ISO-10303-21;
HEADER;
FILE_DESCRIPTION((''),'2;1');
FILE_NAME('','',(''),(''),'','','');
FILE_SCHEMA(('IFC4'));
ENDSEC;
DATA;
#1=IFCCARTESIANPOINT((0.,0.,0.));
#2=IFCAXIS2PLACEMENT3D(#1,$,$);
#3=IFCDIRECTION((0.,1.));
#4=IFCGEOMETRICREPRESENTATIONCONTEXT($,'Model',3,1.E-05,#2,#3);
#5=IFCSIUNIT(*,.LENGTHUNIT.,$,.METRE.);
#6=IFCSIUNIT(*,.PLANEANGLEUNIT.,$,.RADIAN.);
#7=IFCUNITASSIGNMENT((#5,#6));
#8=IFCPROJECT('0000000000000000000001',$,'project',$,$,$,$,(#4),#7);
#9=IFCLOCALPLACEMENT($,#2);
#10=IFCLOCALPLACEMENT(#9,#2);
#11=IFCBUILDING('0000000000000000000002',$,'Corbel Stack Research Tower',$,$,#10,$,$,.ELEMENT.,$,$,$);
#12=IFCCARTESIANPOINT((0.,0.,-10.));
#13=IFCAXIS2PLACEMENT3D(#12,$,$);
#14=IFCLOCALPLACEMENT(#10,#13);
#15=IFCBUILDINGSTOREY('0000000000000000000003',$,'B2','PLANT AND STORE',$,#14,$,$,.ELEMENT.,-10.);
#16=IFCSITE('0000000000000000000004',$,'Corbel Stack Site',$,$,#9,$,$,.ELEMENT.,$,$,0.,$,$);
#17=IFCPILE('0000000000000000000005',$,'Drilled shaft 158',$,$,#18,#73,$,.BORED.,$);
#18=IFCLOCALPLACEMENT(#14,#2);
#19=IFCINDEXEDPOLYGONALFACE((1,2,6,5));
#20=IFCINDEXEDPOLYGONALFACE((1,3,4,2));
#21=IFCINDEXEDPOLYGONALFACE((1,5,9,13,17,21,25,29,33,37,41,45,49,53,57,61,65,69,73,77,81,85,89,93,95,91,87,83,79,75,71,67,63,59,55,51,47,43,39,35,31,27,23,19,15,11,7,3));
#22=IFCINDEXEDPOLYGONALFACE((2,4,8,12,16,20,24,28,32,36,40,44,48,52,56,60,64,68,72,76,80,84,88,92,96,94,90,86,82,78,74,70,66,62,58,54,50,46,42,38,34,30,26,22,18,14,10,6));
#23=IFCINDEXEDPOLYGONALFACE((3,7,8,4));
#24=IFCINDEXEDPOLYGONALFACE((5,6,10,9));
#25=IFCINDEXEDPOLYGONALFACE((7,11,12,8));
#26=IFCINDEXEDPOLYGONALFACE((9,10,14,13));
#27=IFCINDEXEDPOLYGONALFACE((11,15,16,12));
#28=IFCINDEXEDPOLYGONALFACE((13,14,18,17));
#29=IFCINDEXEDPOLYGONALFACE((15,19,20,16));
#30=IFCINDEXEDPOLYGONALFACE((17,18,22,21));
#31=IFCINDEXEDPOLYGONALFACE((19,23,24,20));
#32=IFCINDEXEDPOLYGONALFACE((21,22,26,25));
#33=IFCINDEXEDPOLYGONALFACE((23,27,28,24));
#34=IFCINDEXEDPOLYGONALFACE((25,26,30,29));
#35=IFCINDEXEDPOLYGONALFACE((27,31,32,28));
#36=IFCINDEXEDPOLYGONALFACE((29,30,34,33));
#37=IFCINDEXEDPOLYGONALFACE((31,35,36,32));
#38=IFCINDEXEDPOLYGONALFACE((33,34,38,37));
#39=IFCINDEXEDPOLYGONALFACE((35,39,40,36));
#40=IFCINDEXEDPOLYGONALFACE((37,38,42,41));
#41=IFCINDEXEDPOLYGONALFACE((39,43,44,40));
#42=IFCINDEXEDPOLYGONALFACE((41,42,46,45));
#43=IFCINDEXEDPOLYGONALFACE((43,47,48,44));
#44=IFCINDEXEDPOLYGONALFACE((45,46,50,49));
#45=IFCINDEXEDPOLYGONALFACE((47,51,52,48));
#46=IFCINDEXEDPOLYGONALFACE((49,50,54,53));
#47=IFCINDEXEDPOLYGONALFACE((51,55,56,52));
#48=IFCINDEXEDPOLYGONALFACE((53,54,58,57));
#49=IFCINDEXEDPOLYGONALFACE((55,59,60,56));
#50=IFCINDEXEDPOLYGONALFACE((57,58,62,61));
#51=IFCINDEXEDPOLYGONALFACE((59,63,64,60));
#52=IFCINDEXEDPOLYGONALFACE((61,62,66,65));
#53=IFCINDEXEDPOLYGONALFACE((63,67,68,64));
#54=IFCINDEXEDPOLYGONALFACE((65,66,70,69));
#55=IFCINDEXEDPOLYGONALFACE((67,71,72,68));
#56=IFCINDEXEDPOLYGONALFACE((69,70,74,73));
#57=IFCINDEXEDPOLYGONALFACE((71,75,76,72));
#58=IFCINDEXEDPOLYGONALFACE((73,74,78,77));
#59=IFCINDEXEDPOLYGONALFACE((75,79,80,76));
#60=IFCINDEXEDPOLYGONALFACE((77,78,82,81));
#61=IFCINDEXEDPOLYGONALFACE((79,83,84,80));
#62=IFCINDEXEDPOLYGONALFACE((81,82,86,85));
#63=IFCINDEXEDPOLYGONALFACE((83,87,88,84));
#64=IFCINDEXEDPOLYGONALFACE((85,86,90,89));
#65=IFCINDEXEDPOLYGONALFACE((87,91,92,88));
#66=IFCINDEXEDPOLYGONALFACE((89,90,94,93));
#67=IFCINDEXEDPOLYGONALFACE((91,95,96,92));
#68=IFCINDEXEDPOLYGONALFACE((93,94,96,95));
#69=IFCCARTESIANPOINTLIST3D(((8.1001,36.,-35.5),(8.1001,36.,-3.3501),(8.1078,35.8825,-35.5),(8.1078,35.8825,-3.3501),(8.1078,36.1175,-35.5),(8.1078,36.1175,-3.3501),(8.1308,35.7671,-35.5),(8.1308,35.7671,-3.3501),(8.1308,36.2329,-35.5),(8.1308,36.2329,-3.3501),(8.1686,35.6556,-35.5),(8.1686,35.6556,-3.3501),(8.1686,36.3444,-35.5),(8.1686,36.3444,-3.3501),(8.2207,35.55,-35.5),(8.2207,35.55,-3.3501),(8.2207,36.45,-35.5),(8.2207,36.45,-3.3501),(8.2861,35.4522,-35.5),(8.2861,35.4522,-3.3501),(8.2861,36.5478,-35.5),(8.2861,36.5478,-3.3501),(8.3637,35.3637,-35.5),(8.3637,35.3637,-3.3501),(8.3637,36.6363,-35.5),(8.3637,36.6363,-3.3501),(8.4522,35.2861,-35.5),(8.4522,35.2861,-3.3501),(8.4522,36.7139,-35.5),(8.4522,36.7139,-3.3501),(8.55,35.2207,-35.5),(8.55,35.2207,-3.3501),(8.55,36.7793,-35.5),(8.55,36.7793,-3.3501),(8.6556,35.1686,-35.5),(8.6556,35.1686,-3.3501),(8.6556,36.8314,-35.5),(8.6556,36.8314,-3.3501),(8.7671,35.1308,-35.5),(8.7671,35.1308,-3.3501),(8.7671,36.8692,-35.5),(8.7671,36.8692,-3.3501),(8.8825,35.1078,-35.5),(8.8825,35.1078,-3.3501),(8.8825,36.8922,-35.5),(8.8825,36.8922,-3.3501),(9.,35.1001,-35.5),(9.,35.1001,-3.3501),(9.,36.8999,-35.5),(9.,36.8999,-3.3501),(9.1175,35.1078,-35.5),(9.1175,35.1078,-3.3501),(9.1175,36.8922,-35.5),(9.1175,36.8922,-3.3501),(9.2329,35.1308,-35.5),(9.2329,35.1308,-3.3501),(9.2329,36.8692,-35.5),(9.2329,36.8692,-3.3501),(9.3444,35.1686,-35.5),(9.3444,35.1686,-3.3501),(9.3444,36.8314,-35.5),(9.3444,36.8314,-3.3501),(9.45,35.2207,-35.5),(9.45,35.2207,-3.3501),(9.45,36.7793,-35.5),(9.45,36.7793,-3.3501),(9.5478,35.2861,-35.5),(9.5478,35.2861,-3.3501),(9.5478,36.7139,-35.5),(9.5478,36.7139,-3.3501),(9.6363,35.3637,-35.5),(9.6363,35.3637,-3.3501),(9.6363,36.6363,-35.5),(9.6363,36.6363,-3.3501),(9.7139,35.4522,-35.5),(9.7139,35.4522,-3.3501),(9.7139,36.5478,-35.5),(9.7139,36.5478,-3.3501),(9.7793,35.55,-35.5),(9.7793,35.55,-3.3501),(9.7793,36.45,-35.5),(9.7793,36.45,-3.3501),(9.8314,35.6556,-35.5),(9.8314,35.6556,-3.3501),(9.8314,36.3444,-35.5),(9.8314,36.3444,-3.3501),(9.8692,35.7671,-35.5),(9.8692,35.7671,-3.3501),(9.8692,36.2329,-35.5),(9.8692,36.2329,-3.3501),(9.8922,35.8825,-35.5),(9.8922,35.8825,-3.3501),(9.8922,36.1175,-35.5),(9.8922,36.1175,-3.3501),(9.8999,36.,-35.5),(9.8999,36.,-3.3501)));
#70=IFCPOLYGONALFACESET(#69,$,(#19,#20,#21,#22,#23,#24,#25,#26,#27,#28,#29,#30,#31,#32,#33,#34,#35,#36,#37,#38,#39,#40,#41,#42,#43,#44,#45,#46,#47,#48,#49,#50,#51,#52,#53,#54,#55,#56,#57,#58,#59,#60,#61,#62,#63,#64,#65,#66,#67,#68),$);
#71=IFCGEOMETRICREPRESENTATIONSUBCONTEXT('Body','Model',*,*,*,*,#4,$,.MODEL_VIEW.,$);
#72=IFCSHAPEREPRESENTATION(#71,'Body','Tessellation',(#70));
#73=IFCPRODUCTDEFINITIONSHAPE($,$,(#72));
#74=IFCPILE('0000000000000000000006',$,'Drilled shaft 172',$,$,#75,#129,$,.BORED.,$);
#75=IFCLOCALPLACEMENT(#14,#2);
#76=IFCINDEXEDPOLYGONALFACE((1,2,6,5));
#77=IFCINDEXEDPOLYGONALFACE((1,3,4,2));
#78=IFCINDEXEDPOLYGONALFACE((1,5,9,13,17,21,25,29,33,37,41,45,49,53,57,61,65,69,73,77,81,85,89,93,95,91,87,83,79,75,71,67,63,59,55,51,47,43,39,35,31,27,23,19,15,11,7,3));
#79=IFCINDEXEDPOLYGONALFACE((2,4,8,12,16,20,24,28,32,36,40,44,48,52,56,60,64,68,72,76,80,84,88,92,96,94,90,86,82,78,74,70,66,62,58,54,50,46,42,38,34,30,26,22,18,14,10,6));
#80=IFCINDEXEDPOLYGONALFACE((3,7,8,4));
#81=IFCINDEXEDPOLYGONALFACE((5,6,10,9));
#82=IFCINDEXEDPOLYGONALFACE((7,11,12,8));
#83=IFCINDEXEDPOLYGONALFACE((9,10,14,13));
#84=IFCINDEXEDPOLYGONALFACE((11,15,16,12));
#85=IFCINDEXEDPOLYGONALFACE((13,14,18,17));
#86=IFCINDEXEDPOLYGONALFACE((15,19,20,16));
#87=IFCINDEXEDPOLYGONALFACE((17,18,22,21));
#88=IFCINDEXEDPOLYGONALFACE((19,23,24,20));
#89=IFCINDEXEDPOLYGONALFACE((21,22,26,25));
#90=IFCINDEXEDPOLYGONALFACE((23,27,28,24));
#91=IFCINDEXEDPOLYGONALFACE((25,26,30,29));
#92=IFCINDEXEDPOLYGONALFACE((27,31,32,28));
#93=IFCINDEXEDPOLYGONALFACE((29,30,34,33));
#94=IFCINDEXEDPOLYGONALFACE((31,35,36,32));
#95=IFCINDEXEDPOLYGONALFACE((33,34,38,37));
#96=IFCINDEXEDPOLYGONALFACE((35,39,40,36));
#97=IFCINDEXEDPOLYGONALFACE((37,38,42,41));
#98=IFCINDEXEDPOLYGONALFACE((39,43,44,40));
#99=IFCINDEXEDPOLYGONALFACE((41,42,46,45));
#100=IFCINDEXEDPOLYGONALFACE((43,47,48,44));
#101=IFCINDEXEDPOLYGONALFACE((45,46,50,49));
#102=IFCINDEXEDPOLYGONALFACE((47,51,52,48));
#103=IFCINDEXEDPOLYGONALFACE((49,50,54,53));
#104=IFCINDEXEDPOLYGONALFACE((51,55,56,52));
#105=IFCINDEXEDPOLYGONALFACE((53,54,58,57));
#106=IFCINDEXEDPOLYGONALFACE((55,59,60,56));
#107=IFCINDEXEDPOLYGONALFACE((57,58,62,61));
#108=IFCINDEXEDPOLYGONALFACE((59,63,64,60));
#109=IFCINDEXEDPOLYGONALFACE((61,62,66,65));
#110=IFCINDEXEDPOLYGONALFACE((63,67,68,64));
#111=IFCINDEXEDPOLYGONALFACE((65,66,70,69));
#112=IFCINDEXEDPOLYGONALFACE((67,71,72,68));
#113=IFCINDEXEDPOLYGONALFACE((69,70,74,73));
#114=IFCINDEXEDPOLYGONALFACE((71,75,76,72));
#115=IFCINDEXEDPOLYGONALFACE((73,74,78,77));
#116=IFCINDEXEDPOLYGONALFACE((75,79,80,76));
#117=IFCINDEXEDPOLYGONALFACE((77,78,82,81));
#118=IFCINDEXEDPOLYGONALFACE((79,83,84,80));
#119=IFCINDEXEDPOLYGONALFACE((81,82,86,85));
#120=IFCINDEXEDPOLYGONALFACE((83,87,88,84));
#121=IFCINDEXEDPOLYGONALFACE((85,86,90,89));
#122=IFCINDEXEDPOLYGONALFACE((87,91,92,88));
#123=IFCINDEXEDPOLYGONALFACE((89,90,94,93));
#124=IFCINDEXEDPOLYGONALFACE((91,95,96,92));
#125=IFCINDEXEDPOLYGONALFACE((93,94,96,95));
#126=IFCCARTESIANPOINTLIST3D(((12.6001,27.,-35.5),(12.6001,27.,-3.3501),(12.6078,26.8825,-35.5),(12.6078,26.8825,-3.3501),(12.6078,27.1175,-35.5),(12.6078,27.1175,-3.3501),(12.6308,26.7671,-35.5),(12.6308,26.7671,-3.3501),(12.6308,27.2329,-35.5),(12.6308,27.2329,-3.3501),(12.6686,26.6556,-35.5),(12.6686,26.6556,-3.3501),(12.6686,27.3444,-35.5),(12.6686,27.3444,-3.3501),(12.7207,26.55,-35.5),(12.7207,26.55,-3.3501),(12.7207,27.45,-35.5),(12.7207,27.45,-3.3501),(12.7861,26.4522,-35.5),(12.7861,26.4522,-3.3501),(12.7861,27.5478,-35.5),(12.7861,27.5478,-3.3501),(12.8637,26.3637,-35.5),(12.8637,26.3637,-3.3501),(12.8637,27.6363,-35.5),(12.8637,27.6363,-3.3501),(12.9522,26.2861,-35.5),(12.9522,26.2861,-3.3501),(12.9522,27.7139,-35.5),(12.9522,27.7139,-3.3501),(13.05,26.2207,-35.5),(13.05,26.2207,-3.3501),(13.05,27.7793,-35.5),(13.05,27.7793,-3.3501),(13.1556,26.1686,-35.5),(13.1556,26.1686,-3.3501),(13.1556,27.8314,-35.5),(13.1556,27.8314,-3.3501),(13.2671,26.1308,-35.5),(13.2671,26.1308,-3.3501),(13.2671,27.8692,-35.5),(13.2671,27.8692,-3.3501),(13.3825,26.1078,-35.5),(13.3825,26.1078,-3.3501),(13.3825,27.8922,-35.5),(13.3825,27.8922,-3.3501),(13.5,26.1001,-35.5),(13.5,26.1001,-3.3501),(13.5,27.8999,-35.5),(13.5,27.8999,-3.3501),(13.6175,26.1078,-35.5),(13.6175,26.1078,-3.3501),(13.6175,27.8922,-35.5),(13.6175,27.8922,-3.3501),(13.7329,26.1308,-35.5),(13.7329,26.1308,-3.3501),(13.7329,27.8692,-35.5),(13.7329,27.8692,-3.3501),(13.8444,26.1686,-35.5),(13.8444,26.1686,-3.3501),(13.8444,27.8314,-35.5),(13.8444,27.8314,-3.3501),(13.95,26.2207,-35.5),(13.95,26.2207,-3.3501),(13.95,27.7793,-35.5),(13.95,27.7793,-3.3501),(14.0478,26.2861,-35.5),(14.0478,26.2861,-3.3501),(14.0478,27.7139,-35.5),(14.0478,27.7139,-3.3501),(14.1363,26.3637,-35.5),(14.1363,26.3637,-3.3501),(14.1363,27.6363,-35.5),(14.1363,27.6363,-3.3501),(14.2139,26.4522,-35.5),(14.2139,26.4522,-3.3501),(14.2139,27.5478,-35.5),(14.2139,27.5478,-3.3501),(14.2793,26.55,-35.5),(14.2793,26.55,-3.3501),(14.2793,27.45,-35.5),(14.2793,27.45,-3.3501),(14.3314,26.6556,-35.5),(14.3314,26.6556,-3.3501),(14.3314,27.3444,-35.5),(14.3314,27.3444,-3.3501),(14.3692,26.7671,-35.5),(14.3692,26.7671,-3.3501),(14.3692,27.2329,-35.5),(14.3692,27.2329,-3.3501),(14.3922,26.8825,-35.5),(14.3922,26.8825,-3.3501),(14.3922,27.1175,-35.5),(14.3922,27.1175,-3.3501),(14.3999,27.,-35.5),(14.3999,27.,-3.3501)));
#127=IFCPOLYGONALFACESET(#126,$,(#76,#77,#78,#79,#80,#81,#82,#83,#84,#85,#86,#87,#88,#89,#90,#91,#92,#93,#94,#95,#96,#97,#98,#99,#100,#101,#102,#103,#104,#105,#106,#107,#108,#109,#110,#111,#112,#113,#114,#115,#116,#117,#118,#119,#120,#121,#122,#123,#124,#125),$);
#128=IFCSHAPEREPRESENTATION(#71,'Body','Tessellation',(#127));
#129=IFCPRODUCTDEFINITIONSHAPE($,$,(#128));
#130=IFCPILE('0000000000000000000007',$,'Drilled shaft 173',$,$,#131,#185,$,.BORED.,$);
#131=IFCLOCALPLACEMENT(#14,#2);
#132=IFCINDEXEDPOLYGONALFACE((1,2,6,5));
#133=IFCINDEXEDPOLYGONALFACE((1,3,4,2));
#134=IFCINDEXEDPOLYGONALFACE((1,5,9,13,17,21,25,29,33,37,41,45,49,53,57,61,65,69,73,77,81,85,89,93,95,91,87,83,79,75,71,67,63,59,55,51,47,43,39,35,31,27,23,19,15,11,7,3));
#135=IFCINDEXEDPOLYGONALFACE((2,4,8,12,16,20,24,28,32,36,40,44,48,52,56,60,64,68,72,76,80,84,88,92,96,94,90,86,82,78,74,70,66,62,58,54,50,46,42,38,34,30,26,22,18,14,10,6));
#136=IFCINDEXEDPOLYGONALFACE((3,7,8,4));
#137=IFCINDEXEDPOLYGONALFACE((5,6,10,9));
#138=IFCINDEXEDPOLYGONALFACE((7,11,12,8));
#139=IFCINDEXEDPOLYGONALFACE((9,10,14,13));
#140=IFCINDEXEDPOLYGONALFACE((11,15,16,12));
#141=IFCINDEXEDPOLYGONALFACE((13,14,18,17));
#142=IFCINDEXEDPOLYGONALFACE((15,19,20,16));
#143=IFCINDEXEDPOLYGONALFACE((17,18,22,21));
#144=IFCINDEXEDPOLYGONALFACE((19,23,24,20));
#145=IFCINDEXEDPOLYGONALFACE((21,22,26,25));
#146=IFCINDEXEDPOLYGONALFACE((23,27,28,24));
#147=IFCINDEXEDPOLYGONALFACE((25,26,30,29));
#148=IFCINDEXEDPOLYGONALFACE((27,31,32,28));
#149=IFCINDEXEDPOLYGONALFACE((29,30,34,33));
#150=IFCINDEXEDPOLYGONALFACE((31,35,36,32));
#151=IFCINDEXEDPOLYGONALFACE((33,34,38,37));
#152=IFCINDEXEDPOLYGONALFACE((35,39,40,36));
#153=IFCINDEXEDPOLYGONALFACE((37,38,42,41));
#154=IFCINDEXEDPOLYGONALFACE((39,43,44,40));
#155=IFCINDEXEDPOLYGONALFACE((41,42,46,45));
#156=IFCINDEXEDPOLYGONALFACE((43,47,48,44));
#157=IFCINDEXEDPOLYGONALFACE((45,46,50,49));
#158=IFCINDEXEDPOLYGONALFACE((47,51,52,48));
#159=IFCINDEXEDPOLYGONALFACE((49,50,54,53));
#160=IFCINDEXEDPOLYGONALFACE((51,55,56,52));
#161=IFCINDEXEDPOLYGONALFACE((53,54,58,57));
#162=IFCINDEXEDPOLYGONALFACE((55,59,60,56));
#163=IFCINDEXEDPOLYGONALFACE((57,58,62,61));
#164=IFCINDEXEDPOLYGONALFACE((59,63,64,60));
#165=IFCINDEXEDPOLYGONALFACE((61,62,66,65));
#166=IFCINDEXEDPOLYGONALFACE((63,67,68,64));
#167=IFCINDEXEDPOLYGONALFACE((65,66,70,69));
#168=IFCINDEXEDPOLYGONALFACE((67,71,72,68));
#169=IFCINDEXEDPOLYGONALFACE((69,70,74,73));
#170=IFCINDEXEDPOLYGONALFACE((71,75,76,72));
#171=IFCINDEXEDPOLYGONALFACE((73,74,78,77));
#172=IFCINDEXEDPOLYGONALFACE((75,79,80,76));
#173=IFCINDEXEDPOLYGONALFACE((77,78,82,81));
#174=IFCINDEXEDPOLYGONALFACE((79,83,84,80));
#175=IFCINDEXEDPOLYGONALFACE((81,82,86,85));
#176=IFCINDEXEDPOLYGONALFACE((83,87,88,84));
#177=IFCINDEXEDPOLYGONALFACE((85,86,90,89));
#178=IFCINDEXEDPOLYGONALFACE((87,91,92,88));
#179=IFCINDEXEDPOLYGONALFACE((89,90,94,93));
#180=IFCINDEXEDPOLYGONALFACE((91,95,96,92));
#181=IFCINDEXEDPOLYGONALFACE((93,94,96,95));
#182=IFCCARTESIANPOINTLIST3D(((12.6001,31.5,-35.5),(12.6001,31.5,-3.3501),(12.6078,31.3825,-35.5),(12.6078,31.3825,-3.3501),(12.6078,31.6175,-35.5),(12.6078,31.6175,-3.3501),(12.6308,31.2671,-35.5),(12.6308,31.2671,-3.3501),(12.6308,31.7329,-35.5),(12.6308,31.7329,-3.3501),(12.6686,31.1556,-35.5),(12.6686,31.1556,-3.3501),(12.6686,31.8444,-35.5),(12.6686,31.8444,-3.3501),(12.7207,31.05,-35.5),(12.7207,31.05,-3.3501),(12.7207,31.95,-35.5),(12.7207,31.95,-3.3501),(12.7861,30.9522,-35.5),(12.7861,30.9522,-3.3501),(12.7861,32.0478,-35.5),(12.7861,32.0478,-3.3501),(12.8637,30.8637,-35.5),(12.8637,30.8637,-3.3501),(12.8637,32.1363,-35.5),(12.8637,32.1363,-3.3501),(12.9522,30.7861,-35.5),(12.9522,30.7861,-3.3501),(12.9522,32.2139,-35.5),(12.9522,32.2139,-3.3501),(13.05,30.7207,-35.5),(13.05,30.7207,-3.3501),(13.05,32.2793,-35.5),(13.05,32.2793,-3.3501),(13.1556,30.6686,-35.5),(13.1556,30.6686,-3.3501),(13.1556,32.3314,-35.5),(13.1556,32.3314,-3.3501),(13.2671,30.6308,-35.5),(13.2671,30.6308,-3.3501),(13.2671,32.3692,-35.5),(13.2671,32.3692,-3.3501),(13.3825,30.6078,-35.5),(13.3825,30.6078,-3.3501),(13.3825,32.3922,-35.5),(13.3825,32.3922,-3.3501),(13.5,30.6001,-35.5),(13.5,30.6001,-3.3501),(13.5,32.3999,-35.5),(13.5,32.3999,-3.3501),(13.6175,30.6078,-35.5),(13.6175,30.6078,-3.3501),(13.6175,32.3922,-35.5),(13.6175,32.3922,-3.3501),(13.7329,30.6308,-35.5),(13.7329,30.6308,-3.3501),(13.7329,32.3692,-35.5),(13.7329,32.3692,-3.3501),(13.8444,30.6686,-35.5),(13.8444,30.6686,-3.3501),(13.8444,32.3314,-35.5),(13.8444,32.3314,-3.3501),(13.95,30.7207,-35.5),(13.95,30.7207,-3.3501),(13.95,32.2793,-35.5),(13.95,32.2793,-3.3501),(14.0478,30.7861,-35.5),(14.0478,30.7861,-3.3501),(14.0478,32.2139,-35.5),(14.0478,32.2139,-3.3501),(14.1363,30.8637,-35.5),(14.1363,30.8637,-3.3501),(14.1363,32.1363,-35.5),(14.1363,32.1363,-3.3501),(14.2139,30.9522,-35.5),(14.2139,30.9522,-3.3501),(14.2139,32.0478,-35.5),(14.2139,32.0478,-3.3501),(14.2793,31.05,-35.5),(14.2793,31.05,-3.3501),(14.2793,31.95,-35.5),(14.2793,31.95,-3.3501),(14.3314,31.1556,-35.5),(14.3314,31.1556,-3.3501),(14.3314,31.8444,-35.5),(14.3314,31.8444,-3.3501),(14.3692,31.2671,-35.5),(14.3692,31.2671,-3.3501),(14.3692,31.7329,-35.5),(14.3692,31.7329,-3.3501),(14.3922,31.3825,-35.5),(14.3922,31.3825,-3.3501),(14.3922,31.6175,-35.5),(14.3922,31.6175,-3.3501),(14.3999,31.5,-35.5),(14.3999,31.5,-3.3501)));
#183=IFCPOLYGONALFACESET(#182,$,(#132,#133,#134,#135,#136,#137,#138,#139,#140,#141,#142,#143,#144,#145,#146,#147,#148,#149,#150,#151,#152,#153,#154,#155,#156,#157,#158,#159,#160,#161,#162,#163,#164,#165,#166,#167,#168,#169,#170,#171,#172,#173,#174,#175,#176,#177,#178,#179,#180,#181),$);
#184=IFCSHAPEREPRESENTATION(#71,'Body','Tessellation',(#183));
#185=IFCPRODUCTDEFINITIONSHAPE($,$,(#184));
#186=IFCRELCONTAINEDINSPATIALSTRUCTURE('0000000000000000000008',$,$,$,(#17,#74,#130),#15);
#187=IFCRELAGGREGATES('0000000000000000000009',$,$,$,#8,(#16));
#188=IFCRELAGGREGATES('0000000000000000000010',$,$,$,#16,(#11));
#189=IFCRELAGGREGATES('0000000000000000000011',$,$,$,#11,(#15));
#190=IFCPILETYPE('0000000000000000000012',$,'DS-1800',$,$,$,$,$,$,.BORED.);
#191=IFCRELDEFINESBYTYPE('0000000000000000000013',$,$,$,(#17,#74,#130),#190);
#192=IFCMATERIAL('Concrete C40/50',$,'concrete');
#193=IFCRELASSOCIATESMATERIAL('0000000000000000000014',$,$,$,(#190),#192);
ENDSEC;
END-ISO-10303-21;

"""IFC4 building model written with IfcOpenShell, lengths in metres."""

from ifc_helpers import new_model, si_unit, direction, frame, origin, origin_2d, place, context, subcontext, project, spatial, circle, extrude, material, material_profile, profile_set, type_object, element, save


model = new_model("IFC4")

# Units and contexts
model_context = context("Model", 3, precision=1e-05, world=origin(), true_north=direction((0.0, 1.0)))
body_context = subcontext(model_context, "Body", "Model", "MODEL_VIEW")
ifc_project = project(units=[si_unit("LENGTHUNIT", "METRE"), si_unit("PLANEANGLEUNIT", "RADIAN")], contexts=[model_context])

# Site, building, storey
site_placement = place(None, origin())
site = spatial("IfcSite", under=ifc_project, at=site_placement, Name="Corbel Stack Site", CompositionType="ELEMENT", RefElevation=0.0)
building_placement = place(site_placement, origin())
building = spatial("IfcBuilding", under=site, at=building_placement, Name="Corbel Stack Research Tower", CompositionType="ELEMENT")
storey_placement = place(building_placement, frame((0.0, 0.0, -10.0)))
storey = spatial("IfcBuildingStorey", under=building, at=storey_placement, Name="B2", Description="PLANT AND STORE", CompositionType="ELEMENT", Elevation=-10.0)

# Piles
ifc_material_1 = material(Name="Concrete C40/50", Category="concrete")
ifc_material_profile_1 = material_profile(ifc_material_1, circle(Radius=0.8999, at=origin_2d()), Name="Shaft 1800")
ifc_profile_set_1 = profile_set([ifc_material_profile_1], Name="Concrete C40/50")
pile_type = type_object("IfcPileType", Name="DS-1800", PredefinedType="BORED", material=ifc_profile_set_1)
for number, where, z_axis, x_axis, name in (
    (1, (9.0, 36.0, -3.3501), (0.0, 0.0, -1.0), (1.0, 0.0, 0.0), "Drilled shaft 158"),
    (2, (13.5, 27.0, -3.3501), (0.0, 0.0, -1.0), (1.0, 0.0, 0.0), "Drilled shaft 172"),
    (3, (13.5, 31.5, -3.3501), (0.0, 0.0, -1.0), (1.0, 0.0, 0.0), "Drilled shaft 173"),
):
    element("IfcPile", number, at=place(storey_placement, frame(where, z_axis=z_axis, x_axis=x_axis)), inside=storey, type_object=pile_type, Name=name, PredefinedType="BORED", context=body_context, shape_type="SweptSolid", body=[
        extrude(circle(Radius=0.8999, at=origin_2d()), origin(), (0.0, 0.0, 1.0), 32.1499),
    ])

save(model, "model.ifc")
